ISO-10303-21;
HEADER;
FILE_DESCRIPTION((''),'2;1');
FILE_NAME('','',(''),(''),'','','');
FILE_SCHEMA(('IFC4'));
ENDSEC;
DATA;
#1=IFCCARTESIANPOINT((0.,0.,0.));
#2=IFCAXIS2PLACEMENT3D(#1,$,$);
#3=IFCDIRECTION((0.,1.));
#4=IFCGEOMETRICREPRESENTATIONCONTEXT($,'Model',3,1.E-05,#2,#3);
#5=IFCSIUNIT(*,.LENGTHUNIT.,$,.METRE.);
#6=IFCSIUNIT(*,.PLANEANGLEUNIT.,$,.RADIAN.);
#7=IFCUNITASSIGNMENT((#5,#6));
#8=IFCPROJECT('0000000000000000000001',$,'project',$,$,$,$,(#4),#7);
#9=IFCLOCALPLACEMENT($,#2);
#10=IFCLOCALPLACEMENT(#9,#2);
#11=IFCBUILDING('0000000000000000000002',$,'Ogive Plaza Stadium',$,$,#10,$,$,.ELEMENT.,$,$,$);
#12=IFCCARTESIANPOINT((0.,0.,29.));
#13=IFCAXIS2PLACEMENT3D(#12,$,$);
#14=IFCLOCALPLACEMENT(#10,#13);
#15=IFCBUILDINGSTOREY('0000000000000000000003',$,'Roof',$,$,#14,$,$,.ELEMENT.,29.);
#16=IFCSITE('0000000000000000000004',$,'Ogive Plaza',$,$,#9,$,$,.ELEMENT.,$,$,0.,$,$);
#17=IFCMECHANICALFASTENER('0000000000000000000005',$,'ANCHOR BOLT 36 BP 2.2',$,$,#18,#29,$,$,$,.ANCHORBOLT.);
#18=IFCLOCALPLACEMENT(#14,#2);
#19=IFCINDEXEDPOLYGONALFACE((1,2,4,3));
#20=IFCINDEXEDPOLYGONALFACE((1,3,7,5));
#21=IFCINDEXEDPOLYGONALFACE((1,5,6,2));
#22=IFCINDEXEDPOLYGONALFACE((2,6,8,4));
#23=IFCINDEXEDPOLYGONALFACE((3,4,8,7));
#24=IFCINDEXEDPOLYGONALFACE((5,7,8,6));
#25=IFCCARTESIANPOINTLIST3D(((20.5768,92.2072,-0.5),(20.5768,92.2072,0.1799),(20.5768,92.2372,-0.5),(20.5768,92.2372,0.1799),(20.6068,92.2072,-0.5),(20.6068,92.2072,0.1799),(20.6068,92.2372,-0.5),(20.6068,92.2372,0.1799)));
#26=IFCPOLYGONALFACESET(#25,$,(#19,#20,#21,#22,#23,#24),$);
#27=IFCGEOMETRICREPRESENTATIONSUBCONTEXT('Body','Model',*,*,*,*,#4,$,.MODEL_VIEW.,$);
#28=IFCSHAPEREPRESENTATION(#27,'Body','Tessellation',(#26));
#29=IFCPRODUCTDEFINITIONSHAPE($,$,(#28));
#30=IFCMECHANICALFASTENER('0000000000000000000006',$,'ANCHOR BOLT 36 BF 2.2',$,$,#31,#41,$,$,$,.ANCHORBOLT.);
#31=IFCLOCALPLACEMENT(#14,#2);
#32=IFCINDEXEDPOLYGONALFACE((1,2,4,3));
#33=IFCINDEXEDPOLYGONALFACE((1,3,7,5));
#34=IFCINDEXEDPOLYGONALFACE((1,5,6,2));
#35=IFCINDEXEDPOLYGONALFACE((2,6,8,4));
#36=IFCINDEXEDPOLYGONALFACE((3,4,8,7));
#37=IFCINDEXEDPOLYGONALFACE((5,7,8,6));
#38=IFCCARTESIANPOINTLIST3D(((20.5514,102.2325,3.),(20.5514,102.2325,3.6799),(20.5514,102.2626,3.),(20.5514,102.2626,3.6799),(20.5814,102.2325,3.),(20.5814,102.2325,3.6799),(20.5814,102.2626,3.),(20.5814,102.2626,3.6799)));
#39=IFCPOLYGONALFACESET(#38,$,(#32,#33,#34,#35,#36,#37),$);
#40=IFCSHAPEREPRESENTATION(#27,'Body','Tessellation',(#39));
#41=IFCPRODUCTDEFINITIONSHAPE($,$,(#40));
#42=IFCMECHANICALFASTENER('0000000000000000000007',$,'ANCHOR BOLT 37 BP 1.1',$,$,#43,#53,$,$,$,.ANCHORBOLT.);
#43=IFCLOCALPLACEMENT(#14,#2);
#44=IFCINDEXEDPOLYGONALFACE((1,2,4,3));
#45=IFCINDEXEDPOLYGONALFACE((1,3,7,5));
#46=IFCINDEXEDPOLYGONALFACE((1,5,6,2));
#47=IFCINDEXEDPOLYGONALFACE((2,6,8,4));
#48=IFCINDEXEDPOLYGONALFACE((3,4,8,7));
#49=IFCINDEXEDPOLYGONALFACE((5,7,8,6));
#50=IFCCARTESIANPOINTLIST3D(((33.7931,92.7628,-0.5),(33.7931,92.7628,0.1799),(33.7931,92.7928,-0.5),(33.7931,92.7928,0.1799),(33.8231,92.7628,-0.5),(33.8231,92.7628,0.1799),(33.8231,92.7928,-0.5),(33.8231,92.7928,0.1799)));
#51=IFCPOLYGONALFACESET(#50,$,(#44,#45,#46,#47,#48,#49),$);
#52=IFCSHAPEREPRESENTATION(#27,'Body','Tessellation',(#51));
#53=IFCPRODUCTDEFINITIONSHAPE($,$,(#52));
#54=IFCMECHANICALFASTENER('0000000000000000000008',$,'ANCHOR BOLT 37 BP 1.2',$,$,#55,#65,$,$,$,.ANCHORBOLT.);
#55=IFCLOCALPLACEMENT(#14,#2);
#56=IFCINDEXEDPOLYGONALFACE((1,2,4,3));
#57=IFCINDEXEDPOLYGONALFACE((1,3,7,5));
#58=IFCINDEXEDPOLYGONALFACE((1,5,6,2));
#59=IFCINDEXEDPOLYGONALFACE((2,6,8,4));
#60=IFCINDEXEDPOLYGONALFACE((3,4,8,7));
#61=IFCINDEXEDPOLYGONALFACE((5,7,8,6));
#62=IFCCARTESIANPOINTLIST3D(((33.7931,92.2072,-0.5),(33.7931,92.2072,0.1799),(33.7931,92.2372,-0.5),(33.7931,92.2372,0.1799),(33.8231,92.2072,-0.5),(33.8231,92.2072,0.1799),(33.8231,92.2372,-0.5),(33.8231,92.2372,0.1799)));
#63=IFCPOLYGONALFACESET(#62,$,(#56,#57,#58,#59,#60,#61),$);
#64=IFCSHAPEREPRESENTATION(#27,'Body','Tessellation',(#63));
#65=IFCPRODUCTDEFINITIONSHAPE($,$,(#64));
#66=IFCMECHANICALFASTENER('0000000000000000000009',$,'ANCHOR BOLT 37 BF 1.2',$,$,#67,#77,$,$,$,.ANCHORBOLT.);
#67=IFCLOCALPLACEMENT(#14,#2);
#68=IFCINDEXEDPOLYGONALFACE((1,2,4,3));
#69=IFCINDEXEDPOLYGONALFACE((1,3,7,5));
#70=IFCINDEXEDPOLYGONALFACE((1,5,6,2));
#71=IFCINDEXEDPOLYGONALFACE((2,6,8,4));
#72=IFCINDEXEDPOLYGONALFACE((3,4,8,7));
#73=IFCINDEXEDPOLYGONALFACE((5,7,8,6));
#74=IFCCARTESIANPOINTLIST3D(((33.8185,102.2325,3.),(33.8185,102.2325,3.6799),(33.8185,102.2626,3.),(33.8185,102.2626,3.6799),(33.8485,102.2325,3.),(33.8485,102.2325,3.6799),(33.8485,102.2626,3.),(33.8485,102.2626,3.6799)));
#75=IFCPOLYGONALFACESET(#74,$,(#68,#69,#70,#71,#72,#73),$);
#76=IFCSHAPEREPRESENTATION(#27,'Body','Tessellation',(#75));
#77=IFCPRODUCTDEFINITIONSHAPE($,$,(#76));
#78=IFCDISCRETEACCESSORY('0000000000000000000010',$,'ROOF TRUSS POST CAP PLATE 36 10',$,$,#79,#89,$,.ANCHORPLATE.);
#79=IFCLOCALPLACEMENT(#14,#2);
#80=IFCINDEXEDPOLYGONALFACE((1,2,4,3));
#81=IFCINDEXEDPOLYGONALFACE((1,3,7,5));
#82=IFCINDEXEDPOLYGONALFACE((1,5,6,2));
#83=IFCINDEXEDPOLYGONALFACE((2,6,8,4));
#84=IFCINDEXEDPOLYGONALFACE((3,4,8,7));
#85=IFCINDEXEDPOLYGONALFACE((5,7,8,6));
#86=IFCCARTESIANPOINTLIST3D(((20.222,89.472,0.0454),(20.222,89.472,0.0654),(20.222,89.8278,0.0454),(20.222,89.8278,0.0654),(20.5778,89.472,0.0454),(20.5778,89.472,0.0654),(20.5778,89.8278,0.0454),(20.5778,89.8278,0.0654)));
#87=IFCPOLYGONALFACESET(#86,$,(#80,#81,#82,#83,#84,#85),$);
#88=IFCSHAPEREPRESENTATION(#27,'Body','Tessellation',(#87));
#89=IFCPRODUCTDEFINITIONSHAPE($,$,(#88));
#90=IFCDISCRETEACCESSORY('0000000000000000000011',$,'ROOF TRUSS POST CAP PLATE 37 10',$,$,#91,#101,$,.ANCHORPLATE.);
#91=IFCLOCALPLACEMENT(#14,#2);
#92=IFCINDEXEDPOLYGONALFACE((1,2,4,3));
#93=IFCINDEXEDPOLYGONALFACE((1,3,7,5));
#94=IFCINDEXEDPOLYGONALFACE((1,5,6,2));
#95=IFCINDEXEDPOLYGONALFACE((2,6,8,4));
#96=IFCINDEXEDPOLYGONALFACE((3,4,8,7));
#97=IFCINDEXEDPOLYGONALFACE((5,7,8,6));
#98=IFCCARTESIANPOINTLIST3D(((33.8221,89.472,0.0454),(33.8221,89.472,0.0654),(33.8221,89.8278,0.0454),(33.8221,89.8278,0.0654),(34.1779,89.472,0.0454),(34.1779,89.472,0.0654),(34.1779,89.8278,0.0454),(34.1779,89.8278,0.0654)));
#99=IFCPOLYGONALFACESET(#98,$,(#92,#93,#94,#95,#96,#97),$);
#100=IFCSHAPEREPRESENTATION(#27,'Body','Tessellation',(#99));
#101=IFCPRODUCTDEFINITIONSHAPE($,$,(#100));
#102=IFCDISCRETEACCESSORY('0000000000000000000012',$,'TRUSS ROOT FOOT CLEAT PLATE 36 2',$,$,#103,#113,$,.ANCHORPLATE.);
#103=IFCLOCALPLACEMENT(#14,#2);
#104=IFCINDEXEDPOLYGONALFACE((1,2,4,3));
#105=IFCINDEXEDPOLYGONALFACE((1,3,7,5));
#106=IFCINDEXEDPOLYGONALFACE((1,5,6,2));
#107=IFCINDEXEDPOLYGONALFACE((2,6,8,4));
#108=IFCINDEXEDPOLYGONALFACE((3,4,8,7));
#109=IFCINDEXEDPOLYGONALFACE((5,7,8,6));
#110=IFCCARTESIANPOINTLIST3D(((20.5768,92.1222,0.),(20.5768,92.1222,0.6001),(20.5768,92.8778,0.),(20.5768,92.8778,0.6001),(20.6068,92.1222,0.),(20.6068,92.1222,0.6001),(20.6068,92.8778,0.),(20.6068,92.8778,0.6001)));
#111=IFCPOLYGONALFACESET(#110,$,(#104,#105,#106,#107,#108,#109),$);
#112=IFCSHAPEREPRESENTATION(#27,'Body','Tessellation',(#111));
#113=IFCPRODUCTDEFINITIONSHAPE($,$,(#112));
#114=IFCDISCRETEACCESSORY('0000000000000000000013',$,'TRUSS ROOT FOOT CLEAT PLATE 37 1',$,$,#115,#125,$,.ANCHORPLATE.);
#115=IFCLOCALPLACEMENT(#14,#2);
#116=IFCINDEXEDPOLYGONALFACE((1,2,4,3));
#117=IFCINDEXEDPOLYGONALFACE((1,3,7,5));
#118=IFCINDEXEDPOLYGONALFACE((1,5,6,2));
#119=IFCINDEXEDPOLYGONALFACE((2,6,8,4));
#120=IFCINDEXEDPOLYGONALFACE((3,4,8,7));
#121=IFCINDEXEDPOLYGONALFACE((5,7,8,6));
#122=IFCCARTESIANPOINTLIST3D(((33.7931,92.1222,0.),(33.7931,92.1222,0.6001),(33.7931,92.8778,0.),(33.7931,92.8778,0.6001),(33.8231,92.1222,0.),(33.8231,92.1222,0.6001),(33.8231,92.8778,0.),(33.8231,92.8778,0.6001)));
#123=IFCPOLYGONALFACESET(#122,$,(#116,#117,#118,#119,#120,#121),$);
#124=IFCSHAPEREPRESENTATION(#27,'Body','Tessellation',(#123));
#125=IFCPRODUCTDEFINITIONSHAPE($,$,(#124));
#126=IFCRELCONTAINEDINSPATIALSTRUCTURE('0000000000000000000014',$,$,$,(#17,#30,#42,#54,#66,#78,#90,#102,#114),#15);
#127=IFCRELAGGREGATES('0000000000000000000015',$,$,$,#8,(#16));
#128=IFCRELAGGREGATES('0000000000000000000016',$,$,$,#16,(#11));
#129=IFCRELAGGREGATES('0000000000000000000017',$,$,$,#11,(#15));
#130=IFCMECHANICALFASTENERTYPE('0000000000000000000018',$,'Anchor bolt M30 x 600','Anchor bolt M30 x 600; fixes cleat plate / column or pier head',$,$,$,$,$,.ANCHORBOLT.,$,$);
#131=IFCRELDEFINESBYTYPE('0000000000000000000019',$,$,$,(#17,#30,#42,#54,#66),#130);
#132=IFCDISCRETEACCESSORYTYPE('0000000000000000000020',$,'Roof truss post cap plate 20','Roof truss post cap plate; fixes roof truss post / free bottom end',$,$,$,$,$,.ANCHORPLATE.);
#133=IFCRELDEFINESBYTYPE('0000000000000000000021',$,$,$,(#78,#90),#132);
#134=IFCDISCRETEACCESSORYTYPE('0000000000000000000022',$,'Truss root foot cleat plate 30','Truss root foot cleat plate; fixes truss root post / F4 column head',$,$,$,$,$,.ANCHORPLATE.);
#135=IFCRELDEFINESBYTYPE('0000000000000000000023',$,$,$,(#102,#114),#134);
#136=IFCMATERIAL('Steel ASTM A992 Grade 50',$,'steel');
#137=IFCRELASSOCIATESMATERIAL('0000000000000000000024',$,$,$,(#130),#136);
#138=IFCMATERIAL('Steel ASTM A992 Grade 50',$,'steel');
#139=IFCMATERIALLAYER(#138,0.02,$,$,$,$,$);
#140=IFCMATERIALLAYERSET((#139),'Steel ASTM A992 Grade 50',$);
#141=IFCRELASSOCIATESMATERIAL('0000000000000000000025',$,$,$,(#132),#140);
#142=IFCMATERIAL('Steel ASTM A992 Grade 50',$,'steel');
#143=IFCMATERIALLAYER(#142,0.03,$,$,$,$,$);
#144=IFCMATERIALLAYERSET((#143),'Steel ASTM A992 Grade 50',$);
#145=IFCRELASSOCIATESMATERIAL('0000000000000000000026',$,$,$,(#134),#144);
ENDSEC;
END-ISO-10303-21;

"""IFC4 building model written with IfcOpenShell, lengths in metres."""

from ifc_helpers import new_model, si_unit, direction, frame, origin, origin_2d, place, context, subcontext, project, spatial, rectangle, extrude, material, layer, layer_set, type_object, element, save


model = new_model("IFC4")

# Units and contexts
model_context = context("Model", 3, precision=1e-05, world=origin(), true_north=direction((0.0, 1.0)))
body_context = subcontext(model_context, "Body", "Model", "MODEL_VIEW")
ifc_project = project(units=[si_unit("LENGTHUNIT", "METRE"), si_unit("PLANEANGLEUNIT", "RADIAN")], contexts=[model_context])

# Site, building, storey
site_placement = place(None, origin())
site = spatial("IfcSite", under=ifc_project, at=site_placement, Name="Ogive Plaza", CompositionType="ELEMENT", RefElevation=0.0)
building_placement = place(site_placement, origin())
building = spatial("IfcBuilding", under=site, at=building_placement, Name="Ogive Plaza Stadium", CompositionType="ELEMENT")
storey_placement = place(building_placement, frame((0.0, 0.0, 29.0)))
storey = spatial("IfcBuildingStorey", under=building, at=storey_placement, Name="Roof", CompositionType="ELEMENT", Elevation=29.0)

# Mechanical fasteners
ifc_material_1 = material(Name="Steel ASTM A992 Grade 50", Category="steel")
mechanical_fastener_type = type_object("IfcMechanicalFastenerType", Name="Anchor bolt M30 x 600", Description="Anchor bolt M30 x 600; fixes cleat plate / column or pier head", PredefinedType="ANCHORBOLT", material=ifc_material_1)
for number, where, z_axis, x_axis, name in (
    (1, (20.5918, 92.2222, -0.5), (0.0, 0.0, 1.0), (0.0, 1.0, 0.0), "ANCHOR BOLT 36 BP 2.2"),
    (2, (20.5664, 102.2476, 3.0), (0.0, 0.0, 1.0), (0.0, 1.0, 0.0), "ANCHOR BOLT 36 BF 2.2"),
    (3, (33.8081, 92.7778, -0.5), (0.0, 0.0, 1.0), (0.0, 1.0, 0.0), "ANCHOR BOLT 37 BP 1.1"),
    (4, (33.8081, 92.2222, -0.5), (0.0, 0.0, 1.0), (0.0, 1.0, 0.0), "ANCHOR BOLT 37 BP 1.2"),
    (5, (33.8335, 102.2476, 3.0), (0.0, 0.0, 1.0), (0.0, 1.0, 0.0), "ANCHOR BOLT 37 BF 1.2"),
):
    element("IfcMechanicalFastener", number, at=place(storey_placement, frame(where, z_axis=z_axis, x_axis=x_axis)), inside=storey, type_object=mechanical_fastener_type, Name=name, PredefinedType="ANCHORBOLT", context=body_context, shape_type="SweptSolid", body=[
        extrude(rectangle(XDim=0.03, YDim=0.03, at=origin_2d()), origin(), (0.0, 0.0, 1.0), 0.6799),
    ])

# Discrete accessories
ifc_material_2 = material(Name="Steel ASTM A992 Grade 50", Category="steel")
ifc_layer_1 = layer(ifc_material_2, 0.02)
ifc_layer_set_1 = layer_set([ifc_layer_1], Name="Steel ASTM A992 Grade 50")
discrete_accessory_type_1 = type_object("IfcDiscreteAccessoryType", Name="Roof truss post cap plate 20", Description="Roof truss post cap plate; fixes roof truss post / free bottom end", PredefinedType="ANCHORPLATE", material=ifc_layer_set_1)
for number, where, z_axis, x_axis, name in (
    (6, (20.3999, 89.6499, 0.0454), (0.0, 0.0, 1.0), (0.0, 1.0, 0.0), "ROOF TRUSS POST CAP PLATE 36 10"),
    (7, (34.0, 89.6499, 0.0454), (0.0, 0.0, 1.0), (0.0, 1.0, 0.0), "ROOF TRUSS POST CAP PLATE 37 10"),
):
    element("IfcDiscreteAccessory", number, at=place(storey_placement, frame(where, z_axis=z_axis, x_axis=x_axis)), inside=storey, type_object=discrete_accessory_type_1, Name=name, PredefinedType="ANCHORPLATE", context=body_context, shape_type="SweptSolid", body=[
        extrude(rectangle(XDim=0.3557, YDim=0.3557, at=origin_2d()), origin(), (0.0, 0.0, 1.0), 0.02),
    ])
ifc_material_3 = material(Name="Steel ASTM A992 Grade 50", Category="steel")
ifc_layer_2 = layer(ifc_material_3, 0.03)
ifc_layer_set_2 = layer_set([ifc_layer_2], Name="Steel ASTM A992 Grade 50")
discrete_accessory_type_2 = type_object("IfcDiscreteAccessoryType", Name="Truss root foot cleat plate 30", Description="Truss root foot cleat plate; fixes truss root post / F4 column head", PredefinedType="ANCHORPLATE", material=ifc_layer_set_2)
for number, where, z_axis, x_axis, name in (
    (8, (20.5918, 92.5, 0.0), (0.0, 0.0, 1.0), (0.0, 1.0, 0.0), "TRUSS ROOT FOOT CLEAT PLATE 36 2"),
    (9, (33.8081, 92.5, 0.0), (0.0, 0.0, 1.0), (0.0, 1.0, 0.0), "TRUSS ROOT FOOT CLEAT PLATE 37 1"),
):
    element("IfcDiscreteAccessory", number, at=place(storey_placement, frame(where, z_axis=z_axis, x_axis=x_axis)), inside=storey, type_object=discrete_accessory_type_2, Name=name, PredefinedType="ANCHORPLATE", context=body_context, shape_type="SweptSolid", body=[
        extrude(rectangle(XDim=0.7556, YDim=0.03, at=origin_2d()), origin(), (0.0, 0.0, 1.0), 0.6001),
    ])

save(model, "model.ifc")
